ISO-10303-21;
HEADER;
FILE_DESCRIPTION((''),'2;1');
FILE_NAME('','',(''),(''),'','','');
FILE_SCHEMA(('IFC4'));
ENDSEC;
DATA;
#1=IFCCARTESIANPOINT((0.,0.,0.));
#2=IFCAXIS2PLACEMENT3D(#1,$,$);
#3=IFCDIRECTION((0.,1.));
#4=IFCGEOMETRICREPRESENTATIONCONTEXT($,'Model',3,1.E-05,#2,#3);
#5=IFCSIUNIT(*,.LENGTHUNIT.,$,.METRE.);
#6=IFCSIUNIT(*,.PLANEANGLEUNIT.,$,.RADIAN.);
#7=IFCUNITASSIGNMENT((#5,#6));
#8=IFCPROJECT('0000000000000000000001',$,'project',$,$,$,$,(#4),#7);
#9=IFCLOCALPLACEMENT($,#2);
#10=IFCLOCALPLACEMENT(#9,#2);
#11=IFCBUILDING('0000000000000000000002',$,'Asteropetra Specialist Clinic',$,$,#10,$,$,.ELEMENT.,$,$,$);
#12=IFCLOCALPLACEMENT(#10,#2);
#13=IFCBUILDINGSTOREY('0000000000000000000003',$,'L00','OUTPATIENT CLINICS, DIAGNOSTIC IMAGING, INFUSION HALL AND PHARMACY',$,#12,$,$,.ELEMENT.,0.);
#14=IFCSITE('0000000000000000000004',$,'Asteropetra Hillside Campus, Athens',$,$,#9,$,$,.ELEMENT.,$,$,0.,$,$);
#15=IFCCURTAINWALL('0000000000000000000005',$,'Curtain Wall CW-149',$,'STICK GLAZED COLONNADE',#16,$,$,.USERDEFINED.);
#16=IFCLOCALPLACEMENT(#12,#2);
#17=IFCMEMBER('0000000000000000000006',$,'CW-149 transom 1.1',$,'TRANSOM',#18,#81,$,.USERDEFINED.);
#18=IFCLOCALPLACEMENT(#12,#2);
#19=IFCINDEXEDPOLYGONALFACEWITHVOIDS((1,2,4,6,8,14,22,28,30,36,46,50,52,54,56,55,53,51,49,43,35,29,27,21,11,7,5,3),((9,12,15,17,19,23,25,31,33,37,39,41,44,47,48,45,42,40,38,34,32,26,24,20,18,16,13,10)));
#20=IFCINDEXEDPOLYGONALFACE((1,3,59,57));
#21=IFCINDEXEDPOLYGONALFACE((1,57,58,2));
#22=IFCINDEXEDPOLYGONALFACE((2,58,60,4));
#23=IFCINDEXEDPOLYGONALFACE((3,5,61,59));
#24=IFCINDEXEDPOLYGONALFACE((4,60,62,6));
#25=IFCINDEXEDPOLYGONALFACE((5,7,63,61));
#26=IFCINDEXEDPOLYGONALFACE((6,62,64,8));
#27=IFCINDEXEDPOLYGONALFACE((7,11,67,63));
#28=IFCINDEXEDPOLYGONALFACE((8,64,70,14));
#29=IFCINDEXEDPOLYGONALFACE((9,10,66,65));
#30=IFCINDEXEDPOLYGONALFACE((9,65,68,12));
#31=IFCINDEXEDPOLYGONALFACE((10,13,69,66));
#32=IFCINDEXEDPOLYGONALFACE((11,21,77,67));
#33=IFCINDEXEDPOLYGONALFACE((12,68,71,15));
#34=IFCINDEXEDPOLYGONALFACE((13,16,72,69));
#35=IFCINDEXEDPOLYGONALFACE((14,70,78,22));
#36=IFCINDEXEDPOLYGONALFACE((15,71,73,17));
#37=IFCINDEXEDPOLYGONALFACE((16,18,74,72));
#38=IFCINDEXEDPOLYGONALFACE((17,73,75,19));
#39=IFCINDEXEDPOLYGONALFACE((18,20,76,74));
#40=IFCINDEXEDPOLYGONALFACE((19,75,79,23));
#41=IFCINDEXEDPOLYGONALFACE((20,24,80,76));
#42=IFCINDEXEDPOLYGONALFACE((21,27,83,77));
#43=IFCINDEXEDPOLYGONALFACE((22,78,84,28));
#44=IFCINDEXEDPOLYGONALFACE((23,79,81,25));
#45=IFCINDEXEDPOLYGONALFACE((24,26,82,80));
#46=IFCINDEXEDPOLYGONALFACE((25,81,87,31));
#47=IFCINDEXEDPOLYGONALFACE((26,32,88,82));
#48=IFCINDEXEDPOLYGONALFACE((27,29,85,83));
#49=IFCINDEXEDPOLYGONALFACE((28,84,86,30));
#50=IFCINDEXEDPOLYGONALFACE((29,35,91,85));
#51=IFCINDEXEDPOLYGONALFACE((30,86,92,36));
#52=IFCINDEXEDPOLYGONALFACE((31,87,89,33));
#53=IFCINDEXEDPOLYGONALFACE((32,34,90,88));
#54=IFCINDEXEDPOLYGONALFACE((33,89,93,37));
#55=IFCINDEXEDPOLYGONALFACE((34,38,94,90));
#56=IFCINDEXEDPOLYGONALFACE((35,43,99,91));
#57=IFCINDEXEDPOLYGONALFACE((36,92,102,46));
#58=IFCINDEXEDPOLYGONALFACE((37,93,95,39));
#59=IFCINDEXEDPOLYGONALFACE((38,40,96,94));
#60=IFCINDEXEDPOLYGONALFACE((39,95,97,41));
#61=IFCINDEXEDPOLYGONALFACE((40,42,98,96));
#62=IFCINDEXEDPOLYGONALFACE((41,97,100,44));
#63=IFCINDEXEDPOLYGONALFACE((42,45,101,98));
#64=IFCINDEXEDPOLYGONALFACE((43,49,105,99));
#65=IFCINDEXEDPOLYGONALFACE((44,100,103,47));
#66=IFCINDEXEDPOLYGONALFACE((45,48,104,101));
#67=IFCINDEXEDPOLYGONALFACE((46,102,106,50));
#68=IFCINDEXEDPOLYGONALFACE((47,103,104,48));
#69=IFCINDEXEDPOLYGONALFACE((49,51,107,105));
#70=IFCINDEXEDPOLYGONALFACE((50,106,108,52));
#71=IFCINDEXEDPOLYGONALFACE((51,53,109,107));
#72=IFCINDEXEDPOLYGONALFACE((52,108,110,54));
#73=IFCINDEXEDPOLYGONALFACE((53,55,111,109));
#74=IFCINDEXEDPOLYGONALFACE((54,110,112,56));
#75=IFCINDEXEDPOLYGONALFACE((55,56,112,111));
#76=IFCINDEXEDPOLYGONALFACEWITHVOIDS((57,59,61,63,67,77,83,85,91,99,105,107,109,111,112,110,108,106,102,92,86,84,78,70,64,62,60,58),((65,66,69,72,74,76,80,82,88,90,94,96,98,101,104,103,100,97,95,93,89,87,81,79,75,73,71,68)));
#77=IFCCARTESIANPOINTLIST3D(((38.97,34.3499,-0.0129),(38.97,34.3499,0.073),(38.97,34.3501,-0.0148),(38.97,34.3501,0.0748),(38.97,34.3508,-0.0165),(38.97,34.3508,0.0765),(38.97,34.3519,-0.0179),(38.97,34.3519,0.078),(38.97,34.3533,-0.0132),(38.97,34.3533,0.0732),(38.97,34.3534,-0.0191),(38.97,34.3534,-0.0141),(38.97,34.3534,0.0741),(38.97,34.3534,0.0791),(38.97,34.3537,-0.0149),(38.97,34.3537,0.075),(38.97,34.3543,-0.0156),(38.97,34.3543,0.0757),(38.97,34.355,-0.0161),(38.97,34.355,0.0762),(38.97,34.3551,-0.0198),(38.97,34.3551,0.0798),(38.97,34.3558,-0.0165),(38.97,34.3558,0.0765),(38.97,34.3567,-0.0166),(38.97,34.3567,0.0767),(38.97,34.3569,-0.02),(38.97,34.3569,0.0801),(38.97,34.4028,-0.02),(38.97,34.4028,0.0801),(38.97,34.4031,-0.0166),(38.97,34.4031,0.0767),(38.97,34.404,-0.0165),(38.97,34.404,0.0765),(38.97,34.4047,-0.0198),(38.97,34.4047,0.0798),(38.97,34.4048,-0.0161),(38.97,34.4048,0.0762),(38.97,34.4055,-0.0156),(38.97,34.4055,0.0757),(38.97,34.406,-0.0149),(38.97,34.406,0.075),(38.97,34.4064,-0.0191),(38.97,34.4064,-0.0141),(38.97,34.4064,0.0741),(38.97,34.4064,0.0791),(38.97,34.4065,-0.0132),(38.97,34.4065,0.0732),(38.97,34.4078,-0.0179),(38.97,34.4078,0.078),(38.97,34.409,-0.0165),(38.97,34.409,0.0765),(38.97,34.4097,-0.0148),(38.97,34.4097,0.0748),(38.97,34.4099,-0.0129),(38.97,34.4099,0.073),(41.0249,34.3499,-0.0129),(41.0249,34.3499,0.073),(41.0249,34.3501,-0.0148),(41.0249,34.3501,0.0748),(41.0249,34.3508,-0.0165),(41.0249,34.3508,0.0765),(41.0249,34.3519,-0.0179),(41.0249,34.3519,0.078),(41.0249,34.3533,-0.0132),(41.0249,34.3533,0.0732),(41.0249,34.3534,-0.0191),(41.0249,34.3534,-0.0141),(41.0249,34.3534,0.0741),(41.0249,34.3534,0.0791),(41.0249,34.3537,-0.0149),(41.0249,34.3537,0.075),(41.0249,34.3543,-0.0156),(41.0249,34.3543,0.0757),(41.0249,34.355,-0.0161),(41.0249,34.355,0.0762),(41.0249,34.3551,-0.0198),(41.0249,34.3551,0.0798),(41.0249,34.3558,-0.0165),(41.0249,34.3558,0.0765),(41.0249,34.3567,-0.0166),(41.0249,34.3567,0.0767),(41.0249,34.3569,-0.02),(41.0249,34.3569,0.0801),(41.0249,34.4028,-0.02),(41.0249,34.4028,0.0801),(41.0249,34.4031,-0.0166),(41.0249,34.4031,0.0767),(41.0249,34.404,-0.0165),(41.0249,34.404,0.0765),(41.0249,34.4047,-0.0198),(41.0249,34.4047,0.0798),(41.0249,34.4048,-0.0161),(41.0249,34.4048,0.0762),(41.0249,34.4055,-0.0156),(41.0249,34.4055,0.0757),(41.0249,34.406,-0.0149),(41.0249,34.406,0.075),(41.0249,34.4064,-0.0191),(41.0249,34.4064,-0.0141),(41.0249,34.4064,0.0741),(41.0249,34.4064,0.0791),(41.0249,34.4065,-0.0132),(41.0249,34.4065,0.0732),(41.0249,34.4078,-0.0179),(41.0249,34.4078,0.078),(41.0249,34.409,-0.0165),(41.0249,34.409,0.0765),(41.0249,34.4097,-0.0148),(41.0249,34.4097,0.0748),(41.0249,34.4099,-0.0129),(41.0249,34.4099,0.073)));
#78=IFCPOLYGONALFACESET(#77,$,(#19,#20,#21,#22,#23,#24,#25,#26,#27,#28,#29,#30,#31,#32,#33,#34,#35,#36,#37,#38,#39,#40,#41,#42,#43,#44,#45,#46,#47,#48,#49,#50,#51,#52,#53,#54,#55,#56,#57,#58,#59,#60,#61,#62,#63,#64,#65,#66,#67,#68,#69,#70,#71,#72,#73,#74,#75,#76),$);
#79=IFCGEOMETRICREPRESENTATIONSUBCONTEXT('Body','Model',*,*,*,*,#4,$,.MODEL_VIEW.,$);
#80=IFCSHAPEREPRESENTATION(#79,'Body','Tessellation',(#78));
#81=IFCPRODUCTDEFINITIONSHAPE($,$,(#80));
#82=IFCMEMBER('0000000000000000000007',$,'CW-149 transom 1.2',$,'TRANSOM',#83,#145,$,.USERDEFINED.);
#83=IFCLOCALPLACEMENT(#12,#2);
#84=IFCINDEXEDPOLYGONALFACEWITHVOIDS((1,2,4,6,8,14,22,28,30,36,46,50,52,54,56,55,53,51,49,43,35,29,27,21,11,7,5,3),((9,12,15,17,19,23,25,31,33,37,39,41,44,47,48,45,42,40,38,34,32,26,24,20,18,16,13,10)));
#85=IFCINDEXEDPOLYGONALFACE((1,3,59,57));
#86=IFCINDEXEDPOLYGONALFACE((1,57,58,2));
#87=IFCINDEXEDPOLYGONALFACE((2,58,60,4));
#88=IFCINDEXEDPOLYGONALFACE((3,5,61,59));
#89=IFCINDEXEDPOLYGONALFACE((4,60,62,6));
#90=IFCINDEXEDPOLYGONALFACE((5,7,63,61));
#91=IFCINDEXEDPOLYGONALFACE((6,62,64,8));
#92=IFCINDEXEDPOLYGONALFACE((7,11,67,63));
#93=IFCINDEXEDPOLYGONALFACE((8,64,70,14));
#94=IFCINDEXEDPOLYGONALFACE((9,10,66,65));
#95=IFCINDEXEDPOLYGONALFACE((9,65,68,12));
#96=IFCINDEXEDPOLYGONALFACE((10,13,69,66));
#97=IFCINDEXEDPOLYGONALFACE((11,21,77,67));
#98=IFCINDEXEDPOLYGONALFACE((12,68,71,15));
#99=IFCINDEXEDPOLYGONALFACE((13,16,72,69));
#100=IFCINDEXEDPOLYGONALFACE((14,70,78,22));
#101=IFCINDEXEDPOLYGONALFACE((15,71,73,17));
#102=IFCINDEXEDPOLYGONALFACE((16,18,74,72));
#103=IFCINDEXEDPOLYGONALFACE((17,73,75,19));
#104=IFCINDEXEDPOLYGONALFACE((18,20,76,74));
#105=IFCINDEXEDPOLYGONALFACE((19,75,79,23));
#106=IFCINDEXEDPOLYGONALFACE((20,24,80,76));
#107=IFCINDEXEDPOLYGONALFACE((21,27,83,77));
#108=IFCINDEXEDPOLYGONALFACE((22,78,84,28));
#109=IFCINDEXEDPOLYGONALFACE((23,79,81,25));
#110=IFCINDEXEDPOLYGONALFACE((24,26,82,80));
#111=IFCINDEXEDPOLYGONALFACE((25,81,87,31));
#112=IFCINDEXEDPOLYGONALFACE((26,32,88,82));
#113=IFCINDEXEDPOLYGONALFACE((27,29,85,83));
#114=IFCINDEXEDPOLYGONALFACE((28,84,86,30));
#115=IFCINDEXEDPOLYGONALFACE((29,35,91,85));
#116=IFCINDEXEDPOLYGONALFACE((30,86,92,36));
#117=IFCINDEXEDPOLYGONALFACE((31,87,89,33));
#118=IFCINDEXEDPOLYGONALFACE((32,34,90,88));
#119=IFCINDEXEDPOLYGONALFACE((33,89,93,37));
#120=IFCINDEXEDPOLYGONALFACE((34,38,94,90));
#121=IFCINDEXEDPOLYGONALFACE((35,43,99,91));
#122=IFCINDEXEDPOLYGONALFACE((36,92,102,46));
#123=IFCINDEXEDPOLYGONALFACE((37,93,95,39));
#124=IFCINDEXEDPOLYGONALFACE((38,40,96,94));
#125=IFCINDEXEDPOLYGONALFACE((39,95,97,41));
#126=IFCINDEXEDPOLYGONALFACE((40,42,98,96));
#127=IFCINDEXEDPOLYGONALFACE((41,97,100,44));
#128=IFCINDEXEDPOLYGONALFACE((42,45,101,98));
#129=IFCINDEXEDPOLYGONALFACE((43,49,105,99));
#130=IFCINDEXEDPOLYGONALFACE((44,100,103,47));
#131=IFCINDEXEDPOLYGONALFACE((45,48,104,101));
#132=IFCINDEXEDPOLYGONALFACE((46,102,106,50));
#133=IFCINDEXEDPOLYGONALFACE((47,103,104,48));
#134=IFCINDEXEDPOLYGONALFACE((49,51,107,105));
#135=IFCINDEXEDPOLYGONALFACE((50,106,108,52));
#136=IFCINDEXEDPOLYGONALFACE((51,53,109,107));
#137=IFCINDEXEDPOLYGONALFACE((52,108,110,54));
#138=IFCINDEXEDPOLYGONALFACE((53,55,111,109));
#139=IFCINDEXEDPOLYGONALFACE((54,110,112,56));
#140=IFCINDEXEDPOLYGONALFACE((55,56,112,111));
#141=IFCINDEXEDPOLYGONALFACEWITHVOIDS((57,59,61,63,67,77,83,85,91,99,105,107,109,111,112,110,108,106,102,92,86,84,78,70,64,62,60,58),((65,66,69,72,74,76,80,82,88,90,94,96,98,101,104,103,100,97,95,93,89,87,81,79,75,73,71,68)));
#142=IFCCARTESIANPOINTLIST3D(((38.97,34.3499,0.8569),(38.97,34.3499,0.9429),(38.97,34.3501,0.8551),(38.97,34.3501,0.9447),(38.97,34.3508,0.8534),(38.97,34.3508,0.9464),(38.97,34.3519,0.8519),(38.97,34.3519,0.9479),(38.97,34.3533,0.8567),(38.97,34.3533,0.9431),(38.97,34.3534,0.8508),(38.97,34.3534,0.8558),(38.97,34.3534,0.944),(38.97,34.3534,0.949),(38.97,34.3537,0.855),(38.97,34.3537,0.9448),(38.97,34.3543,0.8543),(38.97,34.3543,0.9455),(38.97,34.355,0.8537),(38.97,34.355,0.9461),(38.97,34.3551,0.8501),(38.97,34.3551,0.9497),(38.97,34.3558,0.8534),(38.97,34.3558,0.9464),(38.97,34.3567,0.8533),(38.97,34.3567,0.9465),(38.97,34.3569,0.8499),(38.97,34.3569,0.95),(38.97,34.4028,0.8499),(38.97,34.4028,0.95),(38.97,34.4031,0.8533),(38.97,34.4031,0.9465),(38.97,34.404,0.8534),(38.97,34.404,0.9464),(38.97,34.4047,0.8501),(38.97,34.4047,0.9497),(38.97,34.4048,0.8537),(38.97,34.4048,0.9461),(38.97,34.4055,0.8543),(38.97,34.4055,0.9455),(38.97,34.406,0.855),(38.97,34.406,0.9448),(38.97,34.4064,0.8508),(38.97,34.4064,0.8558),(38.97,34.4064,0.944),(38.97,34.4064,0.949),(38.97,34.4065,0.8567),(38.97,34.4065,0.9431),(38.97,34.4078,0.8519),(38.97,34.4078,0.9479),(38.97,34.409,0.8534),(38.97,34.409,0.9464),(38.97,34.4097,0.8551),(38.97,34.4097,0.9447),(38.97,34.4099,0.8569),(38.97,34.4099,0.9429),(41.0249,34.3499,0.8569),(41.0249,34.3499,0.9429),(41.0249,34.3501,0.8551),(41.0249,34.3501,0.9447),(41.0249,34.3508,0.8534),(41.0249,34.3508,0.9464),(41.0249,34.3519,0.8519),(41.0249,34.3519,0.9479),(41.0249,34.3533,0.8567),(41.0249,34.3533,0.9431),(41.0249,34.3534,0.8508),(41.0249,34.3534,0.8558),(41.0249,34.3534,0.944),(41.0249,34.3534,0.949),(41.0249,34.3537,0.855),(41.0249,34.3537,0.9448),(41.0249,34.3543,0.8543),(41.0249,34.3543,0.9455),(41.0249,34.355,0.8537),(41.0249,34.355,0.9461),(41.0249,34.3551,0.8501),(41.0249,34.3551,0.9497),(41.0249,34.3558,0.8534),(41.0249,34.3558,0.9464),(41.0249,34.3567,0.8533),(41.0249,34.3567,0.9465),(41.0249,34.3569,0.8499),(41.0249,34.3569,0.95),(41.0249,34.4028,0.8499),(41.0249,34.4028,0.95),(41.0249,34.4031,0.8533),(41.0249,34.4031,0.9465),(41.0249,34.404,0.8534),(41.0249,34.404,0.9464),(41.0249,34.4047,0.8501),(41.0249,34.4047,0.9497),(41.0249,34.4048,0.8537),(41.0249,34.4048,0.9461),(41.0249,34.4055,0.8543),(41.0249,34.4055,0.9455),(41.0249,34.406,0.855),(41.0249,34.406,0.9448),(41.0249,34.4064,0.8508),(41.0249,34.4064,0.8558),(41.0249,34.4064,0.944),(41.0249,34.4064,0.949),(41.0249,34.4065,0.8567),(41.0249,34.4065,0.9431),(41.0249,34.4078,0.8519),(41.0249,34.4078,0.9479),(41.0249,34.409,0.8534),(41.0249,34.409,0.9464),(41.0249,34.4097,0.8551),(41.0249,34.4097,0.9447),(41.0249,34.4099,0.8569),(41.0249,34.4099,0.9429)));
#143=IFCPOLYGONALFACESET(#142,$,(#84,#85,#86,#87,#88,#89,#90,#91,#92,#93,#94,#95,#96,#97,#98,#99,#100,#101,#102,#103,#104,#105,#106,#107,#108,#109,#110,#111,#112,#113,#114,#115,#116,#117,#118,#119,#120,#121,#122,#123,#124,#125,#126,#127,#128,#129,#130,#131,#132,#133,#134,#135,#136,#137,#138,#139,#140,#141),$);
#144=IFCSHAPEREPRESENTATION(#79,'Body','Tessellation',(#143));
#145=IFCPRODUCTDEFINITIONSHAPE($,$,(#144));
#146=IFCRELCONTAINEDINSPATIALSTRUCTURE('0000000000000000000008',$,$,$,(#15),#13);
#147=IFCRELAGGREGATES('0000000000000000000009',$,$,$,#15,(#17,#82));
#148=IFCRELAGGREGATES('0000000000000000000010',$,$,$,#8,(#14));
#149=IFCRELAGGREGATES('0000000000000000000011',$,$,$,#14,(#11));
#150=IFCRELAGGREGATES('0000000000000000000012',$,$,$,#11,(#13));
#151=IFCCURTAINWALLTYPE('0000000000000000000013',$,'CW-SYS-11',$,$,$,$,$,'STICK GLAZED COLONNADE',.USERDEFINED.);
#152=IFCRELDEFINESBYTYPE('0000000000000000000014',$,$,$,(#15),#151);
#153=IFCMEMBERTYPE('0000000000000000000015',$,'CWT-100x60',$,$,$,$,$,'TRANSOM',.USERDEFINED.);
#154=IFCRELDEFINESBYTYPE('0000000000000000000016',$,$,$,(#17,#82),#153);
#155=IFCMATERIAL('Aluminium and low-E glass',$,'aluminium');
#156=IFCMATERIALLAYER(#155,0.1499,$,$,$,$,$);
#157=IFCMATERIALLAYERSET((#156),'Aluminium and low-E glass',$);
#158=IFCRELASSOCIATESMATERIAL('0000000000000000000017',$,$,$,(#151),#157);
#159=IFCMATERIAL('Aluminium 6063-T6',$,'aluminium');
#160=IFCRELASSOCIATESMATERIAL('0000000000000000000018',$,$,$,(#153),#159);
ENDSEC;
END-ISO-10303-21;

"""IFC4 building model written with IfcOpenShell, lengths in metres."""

from ifc_helpers import new_model, si_unit, direction, frame, origin, origin_2d, place, context, subcontext, project, spatial, hollow_rectangle, extrude, material, layer, layer_set, material_profile, profile_set, type_object, element, aggregate, save


model = new_model("IFC4")

# Units and contexts
model_context = context("Model", 3, precision=1e-05, world=origin(), true_north=direction((0.0, 1.0)))
body_context = subcontext(model_context, "Body", "Model", "MODEL_VIEW")
ifc_project = project(units=[si_unit("LENGTHUNIT", "METRE"), si_unit("PLANEANGLEUNIT", "RADIAN")], contexts=[model_context])

# Site, building, storey
site_placement = place(None, origin())
site = spatial("IfcSite", under=ifc_project, at=site_placement, Name="Asteropetra Hillside Campus, Athens", CompositionType="ELEMENT", RefElevation=0.0)
building_placement = place(site_placement, origin())
building = spatial("IfcBuilding", under=site, at=building_placement, Name="Asteropetra Specialist Clinic", CompositionType="ELEMENT")
storey_placement = place(building_placement, origin())
storey = spatial("IfcBuildingStorey", under=building, at=storey_placement, Name="L00", Description="OUTPATIENT CLINICS, DIAGNOSTIC IMAGING, INFUSION HALL AND PHARMACY", CompositionType="ELEMENT", Elevation=0.0)

# Curtain wall, members
ifc_material_1 = material(Name="Aluminium and low-E glass", Category="aluminium")
ifc_layer_1 = layer(ifc_material_1, 0.1499)
ifc_layer_set_1 = layer_set([ifc_layer_1], Name="Aluminium and low-E glass")
curtain_wall_type = type_object("IfcCurtainWallType", Name="CW-SYS-11", ElementType="STICK GLAZED COLONNADE", PredefinedType="USERDEFINED", material=ifc_layer_set_1)
curtain_wall_placement = place(storey_placement, origin())
curtain_wall = element("IfcCurtainWall", 1, at=curtain_wall_placement, inside=storey, type_object=curtain_wall_type, Name="Curtain Wall CW-149", ObjectType="STICK GLAZED COLONNADE", PredefinedType="USERDEFINED")
ifc_material_2 = material(Name="Aluminium 6063-T6", Category="aluminium")
ifc_material_profile_1 = material_profile(ifc_material_2, hollow_rectangle(XDim=0.0601, YDim=0.1001, WallThickness=0.0034, InnerFilletRadius=0.0034, OuterFilletRadius=0.0071, at=origin_2d()), Name="TRN 100x60x3.5")
ifc_profile_set_1 = profile_set([ifc_material_profile_1], Name="Aluminium 6063-T6")
member_type_1 = type_object("IfcMemberType", Name="CWT-100x60", ElementType="TRANSOM", PredefinedType="USERDEFINED", material=ifc_profile_set_1)
member_1_placement = place(storey_placement, frame((38.97, 34.3799, 0.03), z_axis=(1.0, 0.0, 0.0), x_axis=(0.0, 1.0, 0.0)))
member_1 = element("IfcMember", 2, at=member_1_placement, type_object=member_type_1, Name="CW-149 transom 1.1", ObjectType="TRANSOM", PredefinedType="USERDEFINED", context=body_context, shape_type="SweptSolid", body=[
    extrude(hollow_rectangle(XDim=0.0601, YDim=0.1001, WallThickness=0.0034, InnerFilletRadius=0.0034, OuterFilletRadius=0.0071, at=origin_2d()), origin(), (0.0, 0.0, 1.0), 2.0549),
])
member_2_placement = place(storey_placement, frame((38.97, 34.3799, 0.8999), z_axis=(1.0, 0.0, 0.0), x_axis=(0.0, 1.0, 0.0)))
member_2 = element("IfcMember", 3, at=member_2_placement, type_object=member_type_1, Name="CW-149 transom 1.2", ObjectType="TRANSOM", PredefinedType="USERDEFINED", context=body_context, shape_type="SweptSolid", body=[
    extrude(hollow_rectangle(XDim=0.0601, YDim=0.1001, WallThickness=0.0034, InnerFilletRadius=0.0034, OuterFilletRadius=0.0071, at=origin_2d()), origin(), (0.0, 0.0, 1.0), 2.0549),
])

aggregate(curtain_wall, [member_1, member_2])

save(model, "model.ifc")
